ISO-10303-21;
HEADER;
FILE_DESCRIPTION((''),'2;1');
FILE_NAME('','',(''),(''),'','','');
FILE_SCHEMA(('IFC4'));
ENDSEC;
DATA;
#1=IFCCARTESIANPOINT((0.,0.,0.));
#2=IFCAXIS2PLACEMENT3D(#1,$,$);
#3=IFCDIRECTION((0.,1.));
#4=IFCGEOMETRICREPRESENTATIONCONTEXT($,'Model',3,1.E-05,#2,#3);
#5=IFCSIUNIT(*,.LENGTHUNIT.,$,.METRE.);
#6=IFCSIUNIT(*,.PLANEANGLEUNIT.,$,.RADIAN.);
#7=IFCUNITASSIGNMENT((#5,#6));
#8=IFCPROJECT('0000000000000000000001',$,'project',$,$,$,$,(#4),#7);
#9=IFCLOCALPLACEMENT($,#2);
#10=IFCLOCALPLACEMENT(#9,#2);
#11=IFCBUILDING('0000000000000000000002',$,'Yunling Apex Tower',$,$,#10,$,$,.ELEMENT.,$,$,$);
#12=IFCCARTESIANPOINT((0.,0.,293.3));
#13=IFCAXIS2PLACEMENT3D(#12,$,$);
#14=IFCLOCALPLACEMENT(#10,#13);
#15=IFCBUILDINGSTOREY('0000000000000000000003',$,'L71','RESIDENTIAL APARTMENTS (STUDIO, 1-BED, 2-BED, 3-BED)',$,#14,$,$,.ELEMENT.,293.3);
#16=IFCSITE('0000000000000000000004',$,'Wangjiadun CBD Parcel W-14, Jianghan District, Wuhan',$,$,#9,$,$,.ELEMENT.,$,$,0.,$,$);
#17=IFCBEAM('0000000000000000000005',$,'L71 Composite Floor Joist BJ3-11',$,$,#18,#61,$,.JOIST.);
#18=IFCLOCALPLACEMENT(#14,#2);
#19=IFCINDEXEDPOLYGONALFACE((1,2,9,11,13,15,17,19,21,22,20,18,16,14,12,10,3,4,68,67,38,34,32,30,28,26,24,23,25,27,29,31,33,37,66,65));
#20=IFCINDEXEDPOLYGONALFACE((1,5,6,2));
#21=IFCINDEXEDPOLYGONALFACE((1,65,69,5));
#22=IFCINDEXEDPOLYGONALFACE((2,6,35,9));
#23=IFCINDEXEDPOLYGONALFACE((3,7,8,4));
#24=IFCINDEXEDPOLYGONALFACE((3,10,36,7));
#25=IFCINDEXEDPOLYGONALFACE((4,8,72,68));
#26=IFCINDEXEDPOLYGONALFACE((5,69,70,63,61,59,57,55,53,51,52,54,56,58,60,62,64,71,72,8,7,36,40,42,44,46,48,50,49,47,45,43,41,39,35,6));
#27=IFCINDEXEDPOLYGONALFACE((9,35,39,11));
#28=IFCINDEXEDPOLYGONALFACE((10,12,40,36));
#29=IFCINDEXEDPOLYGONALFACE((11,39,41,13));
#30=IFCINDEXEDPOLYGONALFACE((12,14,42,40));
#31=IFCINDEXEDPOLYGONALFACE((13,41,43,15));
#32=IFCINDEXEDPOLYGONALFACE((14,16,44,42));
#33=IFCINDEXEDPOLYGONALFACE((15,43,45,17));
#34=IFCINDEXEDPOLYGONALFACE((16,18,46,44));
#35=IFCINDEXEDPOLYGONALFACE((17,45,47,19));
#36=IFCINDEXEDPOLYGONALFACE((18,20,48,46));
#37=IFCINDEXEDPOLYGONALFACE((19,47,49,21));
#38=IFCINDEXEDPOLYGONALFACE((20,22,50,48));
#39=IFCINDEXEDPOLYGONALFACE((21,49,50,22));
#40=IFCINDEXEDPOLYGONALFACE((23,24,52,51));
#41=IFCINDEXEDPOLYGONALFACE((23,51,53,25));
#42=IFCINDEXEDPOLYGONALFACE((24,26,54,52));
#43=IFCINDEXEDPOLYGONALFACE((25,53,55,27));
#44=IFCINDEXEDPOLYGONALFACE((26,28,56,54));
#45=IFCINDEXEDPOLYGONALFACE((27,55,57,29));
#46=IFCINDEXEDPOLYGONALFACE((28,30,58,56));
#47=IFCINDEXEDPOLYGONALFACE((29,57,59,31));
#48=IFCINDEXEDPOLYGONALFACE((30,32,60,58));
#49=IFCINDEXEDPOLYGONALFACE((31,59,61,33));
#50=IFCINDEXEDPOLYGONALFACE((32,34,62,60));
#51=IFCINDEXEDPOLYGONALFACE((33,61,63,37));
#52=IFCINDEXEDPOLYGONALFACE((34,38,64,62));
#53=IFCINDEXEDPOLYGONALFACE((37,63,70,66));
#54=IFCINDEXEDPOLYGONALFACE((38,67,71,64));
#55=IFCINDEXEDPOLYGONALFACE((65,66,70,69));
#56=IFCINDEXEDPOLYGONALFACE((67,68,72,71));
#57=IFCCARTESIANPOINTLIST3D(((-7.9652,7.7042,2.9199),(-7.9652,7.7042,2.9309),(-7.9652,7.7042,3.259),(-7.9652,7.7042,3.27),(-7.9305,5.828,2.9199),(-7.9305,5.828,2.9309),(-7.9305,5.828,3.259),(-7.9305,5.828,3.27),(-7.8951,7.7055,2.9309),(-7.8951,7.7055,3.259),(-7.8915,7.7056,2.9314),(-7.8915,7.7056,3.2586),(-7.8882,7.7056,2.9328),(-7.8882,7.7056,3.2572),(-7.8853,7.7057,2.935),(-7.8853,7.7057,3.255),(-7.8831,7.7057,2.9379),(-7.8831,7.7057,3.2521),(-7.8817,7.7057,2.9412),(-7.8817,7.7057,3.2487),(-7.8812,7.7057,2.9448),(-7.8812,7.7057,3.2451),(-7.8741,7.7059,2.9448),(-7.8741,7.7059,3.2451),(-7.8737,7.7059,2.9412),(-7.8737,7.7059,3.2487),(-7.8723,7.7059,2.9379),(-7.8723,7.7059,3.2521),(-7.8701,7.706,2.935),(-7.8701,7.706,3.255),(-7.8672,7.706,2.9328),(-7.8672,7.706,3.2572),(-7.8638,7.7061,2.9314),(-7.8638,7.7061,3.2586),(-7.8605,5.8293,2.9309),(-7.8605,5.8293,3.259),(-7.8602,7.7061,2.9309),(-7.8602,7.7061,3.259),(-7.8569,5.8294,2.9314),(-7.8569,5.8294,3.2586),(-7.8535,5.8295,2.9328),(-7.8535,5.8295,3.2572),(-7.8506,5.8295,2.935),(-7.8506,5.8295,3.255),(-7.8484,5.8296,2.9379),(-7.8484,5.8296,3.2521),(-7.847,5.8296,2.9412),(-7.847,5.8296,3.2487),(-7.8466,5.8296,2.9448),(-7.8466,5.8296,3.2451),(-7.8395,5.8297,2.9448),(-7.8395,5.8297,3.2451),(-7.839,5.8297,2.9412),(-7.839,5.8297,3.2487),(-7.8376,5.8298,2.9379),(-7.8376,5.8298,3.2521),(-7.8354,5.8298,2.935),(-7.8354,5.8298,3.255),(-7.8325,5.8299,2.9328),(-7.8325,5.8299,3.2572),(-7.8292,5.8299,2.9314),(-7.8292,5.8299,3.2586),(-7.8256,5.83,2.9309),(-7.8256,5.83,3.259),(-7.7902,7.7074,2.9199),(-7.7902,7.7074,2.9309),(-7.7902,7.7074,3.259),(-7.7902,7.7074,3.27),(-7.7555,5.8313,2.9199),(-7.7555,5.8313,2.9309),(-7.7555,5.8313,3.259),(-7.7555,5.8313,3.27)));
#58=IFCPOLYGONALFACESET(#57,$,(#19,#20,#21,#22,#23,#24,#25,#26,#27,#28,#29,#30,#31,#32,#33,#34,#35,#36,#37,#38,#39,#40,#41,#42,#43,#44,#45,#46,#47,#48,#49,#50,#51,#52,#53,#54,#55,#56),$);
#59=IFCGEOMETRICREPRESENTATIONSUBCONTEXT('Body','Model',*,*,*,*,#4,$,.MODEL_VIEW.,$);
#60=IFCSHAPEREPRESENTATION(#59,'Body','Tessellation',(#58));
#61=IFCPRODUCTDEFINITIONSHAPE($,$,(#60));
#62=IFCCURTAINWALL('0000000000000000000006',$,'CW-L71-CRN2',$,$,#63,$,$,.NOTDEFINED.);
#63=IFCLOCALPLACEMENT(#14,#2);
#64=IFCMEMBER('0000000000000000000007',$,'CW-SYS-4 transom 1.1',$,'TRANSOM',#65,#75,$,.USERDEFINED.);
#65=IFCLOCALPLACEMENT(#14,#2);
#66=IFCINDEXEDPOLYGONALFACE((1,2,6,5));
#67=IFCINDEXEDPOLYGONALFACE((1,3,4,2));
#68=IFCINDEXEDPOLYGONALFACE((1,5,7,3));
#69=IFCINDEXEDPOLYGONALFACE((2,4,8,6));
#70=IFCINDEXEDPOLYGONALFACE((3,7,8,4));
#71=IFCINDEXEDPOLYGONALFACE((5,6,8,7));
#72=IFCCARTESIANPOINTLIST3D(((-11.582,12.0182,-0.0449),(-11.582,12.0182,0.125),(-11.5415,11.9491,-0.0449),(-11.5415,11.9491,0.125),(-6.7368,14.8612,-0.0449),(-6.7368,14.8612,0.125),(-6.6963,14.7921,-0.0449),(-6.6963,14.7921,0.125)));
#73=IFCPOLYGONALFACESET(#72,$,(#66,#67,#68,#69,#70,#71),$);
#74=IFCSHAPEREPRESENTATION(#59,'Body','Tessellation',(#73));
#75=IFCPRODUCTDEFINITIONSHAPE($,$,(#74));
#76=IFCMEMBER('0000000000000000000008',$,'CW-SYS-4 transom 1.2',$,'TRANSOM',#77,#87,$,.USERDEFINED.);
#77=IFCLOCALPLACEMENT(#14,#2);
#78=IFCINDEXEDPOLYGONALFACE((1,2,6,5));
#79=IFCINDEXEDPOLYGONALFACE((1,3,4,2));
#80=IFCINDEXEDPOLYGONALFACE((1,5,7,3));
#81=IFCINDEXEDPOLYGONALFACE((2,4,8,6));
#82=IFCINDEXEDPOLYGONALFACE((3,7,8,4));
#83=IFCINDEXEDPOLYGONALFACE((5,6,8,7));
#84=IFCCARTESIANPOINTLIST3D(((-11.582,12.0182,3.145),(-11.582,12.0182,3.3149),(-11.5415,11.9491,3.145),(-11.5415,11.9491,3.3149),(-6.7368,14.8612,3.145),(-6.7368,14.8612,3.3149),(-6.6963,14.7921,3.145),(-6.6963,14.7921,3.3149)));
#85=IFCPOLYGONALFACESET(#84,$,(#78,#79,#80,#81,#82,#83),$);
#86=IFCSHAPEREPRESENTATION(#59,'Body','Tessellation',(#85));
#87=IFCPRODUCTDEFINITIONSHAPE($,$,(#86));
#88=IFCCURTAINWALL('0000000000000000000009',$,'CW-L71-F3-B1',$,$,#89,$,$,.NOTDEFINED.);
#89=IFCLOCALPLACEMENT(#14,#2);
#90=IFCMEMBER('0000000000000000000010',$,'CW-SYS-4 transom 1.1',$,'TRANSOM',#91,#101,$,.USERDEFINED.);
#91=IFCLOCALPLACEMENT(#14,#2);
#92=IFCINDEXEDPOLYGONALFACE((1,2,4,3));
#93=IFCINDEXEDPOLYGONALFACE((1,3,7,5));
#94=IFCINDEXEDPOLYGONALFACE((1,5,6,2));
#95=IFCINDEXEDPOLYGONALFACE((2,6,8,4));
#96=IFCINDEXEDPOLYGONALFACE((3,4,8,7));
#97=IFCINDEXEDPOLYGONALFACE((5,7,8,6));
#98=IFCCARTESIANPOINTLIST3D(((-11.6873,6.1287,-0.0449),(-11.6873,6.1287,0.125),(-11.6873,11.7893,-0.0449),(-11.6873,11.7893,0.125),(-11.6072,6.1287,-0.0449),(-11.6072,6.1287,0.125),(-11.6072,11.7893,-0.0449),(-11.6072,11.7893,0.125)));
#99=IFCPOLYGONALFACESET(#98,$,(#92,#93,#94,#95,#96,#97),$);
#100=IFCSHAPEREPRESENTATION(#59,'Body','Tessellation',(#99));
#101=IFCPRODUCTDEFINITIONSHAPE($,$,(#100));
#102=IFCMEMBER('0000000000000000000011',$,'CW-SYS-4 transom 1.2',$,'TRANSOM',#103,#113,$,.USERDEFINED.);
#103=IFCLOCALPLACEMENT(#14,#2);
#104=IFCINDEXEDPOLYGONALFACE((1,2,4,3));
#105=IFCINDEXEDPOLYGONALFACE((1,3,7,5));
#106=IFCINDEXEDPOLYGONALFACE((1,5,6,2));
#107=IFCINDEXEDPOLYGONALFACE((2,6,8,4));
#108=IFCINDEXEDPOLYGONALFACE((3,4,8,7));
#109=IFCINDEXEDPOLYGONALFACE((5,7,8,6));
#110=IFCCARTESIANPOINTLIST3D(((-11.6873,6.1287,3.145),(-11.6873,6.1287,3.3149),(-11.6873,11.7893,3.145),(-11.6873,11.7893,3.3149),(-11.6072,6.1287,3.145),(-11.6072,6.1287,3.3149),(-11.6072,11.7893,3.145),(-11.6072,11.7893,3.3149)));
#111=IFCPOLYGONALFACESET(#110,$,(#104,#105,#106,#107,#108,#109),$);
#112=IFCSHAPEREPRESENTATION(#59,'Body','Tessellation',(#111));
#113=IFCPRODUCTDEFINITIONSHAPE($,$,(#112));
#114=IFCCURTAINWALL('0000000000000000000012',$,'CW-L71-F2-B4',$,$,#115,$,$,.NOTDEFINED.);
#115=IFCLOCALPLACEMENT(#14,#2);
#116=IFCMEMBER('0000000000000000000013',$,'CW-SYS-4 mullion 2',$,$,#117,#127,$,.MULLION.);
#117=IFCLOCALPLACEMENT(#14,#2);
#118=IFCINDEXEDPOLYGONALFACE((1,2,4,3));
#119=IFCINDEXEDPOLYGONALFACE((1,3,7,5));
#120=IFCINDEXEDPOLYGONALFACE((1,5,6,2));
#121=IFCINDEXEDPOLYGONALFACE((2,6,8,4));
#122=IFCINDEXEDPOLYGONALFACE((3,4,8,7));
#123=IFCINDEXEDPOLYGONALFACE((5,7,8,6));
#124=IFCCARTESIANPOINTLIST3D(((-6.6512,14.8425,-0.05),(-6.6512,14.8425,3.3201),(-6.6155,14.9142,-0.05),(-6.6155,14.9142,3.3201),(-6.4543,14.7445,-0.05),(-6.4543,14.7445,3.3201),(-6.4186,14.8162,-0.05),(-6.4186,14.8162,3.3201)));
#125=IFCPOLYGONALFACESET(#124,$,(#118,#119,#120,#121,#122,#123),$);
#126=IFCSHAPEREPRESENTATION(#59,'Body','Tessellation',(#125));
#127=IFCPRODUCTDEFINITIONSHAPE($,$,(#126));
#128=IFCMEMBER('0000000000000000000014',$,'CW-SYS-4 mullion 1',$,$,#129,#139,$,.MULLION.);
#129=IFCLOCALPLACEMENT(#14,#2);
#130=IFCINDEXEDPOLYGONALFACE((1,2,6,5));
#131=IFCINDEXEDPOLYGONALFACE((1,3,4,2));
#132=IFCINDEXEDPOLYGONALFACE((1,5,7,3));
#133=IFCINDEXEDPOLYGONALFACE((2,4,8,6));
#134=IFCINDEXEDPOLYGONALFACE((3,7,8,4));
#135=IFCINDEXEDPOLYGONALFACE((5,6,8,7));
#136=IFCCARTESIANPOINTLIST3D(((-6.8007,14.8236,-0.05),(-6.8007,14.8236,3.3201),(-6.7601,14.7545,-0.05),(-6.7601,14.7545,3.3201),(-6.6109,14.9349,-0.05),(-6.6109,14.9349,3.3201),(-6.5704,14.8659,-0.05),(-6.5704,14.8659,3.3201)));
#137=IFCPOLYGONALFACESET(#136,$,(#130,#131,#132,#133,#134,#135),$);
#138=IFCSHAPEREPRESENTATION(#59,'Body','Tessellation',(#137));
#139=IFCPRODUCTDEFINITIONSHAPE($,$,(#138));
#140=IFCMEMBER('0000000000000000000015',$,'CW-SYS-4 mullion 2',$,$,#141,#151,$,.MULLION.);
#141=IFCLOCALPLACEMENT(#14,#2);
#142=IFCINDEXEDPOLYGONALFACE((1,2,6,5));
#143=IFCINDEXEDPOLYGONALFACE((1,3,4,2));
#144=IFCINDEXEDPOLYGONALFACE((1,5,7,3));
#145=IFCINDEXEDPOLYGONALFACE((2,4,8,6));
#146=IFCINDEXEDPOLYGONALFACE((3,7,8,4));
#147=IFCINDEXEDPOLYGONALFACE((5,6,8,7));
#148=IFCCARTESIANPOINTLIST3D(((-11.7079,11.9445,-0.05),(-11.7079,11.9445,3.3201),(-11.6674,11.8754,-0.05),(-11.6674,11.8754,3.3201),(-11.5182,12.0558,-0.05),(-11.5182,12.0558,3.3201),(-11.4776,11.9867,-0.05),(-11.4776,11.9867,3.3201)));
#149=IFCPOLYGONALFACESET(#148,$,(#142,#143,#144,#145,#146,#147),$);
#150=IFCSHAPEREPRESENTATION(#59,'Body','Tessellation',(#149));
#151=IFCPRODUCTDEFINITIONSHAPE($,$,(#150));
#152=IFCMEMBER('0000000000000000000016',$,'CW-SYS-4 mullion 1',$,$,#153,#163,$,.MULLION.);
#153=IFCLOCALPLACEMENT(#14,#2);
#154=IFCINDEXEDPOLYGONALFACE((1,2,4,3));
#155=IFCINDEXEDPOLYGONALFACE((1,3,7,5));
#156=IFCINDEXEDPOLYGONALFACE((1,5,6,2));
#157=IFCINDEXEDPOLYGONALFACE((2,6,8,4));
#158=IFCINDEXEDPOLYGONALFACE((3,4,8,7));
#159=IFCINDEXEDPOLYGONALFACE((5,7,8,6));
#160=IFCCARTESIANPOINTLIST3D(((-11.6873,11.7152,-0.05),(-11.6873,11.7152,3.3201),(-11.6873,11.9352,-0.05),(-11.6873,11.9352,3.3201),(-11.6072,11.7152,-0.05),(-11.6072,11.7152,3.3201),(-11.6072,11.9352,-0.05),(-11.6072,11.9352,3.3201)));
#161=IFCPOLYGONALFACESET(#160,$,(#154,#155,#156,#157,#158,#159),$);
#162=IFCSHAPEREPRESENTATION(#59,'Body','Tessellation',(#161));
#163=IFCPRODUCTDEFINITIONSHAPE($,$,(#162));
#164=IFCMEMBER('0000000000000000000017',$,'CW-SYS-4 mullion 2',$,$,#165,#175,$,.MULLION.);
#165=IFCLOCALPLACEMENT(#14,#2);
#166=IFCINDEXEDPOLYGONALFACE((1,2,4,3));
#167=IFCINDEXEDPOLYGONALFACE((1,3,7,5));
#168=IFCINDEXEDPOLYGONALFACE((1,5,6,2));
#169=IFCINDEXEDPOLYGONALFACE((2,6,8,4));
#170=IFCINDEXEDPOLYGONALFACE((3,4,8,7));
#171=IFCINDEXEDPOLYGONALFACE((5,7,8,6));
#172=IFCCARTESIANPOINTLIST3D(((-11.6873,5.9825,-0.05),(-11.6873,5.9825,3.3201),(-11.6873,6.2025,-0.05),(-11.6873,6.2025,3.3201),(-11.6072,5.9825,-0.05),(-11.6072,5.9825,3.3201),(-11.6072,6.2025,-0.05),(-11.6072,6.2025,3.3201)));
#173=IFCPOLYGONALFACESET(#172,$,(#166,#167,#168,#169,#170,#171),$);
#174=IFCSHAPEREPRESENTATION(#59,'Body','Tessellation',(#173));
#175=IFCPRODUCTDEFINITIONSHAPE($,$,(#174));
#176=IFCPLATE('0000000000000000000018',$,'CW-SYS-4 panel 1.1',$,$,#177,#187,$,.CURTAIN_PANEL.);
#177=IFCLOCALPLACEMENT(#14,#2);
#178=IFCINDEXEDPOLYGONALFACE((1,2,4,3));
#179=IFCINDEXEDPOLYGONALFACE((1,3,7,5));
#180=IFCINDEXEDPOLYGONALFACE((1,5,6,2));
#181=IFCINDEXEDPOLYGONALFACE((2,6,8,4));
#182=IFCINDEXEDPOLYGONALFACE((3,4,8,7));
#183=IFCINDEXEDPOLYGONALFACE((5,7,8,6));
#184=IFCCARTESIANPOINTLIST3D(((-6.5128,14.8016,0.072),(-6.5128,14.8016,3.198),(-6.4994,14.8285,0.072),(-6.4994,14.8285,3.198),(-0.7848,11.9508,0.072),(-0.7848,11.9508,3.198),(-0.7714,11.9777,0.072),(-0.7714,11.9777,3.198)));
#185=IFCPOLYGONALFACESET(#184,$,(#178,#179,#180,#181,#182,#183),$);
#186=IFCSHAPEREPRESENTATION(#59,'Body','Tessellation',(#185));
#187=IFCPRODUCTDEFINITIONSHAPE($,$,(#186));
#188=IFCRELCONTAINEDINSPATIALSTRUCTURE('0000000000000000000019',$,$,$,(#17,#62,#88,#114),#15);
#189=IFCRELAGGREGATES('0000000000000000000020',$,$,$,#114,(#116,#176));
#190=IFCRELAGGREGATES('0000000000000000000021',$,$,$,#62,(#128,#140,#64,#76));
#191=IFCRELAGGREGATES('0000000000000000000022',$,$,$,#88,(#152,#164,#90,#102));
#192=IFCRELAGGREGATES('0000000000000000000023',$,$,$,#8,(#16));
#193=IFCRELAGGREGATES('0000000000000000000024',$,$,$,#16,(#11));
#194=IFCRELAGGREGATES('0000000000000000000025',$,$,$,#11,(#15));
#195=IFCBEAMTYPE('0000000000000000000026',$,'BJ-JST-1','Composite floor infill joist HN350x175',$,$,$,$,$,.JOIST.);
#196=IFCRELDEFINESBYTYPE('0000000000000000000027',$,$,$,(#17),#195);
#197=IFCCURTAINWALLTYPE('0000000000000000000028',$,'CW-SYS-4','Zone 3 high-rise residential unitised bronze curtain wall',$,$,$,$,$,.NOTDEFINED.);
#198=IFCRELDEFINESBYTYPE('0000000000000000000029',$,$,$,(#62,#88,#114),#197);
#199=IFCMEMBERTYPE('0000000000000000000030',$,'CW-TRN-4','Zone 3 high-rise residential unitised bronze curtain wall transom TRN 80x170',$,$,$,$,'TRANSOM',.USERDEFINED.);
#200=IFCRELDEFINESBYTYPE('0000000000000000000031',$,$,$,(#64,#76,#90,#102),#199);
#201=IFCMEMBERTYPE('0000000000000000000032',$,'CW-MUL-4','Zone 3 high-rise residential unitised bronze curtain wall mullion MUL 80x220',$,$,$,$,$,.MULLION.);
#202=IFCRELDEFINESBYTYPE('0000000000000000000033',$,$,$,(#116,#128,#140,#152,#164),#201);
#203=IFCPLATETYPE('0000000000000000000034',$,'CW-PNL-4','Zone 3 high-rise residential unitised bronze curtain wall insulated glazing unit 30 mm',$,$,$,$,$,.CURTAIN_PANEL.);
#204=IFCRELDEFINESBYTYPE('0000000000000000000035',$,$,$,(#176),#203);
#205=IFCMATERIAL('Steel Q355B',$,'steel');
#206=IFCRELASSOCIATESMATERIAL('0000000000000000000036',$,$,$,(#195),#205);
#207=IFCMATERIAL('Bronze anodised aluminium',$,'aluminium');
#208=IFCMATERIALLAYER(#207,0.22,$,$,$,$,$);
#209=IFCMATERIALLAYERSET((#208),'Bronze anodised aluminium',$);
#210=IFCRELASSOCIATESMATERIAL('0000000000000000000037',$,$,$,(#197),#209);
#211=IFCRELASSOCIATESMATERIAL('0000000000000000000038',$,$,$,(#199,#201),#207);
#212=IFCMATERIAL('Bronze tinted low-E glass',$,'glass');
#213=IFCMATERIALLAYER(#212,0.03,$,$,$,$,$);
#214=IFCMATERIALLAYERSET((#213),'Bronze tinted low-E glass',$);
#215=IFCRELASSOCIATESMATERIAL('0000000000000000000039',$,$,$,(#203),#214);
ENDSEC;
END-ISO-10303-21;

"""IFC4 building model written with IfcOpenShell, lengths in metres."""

from ifc_helpers import new_model, si_unit, direction, frame, origin, origin_2d, place, context, subcontext, project, spatial, rectangle, i_section, extrude, source, transform, mapped, material, layer, layer_set, material_profile, profile_set, type_object, element, aggregate, save


model = new_model("IFC4")

# Units and contexts
model_context = context("Model", 3, precision=1e-05, world=origin(), true_north=direction((0.0, 1.0)))
body_context = subcontext(model_context, "Body", "Model", "MODEL_VIEW")
ifc_project = project(units=[si_unit("LENGTHUNIT", "METRE"), si_unit("PLANEANGLEUNIT", "RADIAN")], contexts=[model_context])

# Site, building, storey
site_placement = place(None, origin())
site = spatial("IfcSite", under=ifc_project, at=site_placement, Name="Wangjiadun CBD Parcel W-14, Jianghan District, Wuhan", CompositionType="ELEMENT", RefElevation=0.0)
building_placement = place(site_placement, origin())
building = spatial("IfcBuilding", under=site, at=building_placement, Name="Yunling Apex Tower", CompositionType="ELEMENT")
storey_placement = place(building_placement, frame((0.0, 0.0, 293.3)))
storey = spatial("IfcBuildingStorey", under=building, at=storey_placement, Name="L71", Description="RESIDENTIAL APARTMENTS (STUDIO, 1-BED, 2-BED, 3-BED)", CompositionType="ELEMENT", Elevation=293.3)

# Shared definitions
ifc_material_1 = material(Name="Steel Q355B", Category="steel")

# Beam
ifc_material_profile_1 = material_profile(ifc_material_1, i_section(OverallWidth=0.175, OverallDepth=0.3501, WebThickness=0.0071, FlangeThickness=0.011, FilletRadius=0.0139, at=origin_2d()))
ifc_profile_set_1 = profile_set([ifc_material_profile_1], Name="Steel Q355B")
beam_type_1 = type_object("IfcBeamType", Name="BJ-JST-1", Description="Composite floor infill joist HN350x175", PredefinedType="JOIST", material=ifc_profile_set_1)
shared_shape_1 = source(origin(), body_context, "Body", "SweptSolid", [
    extrude(i_section(OverallWidth=0.175, OverallDepth=0.3501, WebThickness=0.0071, FlangeThickness=0.011, FilletRadius=0.0139, at=origin_2d()), origin(), (0.0, 0.0, 1.0), 1.8765),
])
beam_1_placement = place(storey_placement, frame((-7.8777, 7.7058, 3.095), z_axis=(0.018474, -0.999829, 0.0), x_axis=(0.999829, 0.018474, 0.0)))
element("IfcBeam", 1, at=beam_1_placement, inside=storey, type_object=beam_type_1, Name="L71 Composite Floor Joist BJ3-11", PredefinedType="JOIST", context=body_context, shape_type="MappedRepresentation", body=[
    mapped(shared_shape_1, transform((0.0, 0.0, 0.0), scale=1.0)),
])

# Curtain walls, members
ifc_material_2 = material(Name="Bronze anodised aluminium", Category="aluminium")
ifc_layer_1 = layer(ifc_material_2, 0.22)
ifc_layer_set_1 = layer_set([ifc_layer_1], Name="Bronze anodised aluminium")
curtain_wall_type = type_object("IfcCurtainWallType", Name="CW-SYS-4", Description="Zone 3 high-rise residential unitised bronze curtain wall", PredefinedType="NOTDEFINED", material=ifc_layer_set_1)
curtain_wall_1_placement = place(storey_placement, origin())
curtain_wall_1 = element("IfcCurtainWall", 2, at=curtain_wall_1_placement, inside=storey, type_object=curtain_wall_type, Name="CW-L71-CRN2", PredefinedType="NOTDEFINED")
ifc_material_profile_2 = material_profile(ifc_material_2, rectangle(XDim=0.0801, YDim=0.1699, at=origin_2d()))
ifc_profile_set_2 = profile_set([ifc_material_profile_2], Name="Bronze anodised aluminium")
member_type_1 = type_object("IfcMemberType", Name="CW-TRN-4", Description="Zone 3 high-rise residential unitised bronze curtain wall transom TRN 80x170", ElementType="TRANSOM", PredefinedType="USERDEFINED", material=ifc_profile_set_2)
shared_shape_2 = source(origin(), body_context, "Body", "SweptSolid", [
    extrude(rectangle(XDim=0.0801, YDim=0.1699, at=origin_2d()), origin(), (0.0, 0.0, 1.0), 5.6177),
])
member_1_placement = place(storey_placement, frame((-6.7166, 14.8267, 0.04), z_axis=(-0.862487, -0.50608, 0.0), x_axis=(0.50608, -0.862487, 0.0)))
member_1 = element("IfcMember", 3, at=member_1_placement, type_object=member_type_1, Name="CW-SYS-4 transom 1.1", ObjectType="TRANSOM", PredefinedType="USERDEFINED", context=body_context, shape_type="MappedRepresentation", body=[
    mapped(shared_shape_2, transform((0.0, 0.0, 0.0), scale=1.0)),
])
member_2_placement = place(storey_placement, frame((-6.7166, 14.8267, 3.23), z_axis=(-0.862487, -0.50608, 0.0), x_axis=(0.50608, -0.862487, 0.0)))
member_2 = element("IfcMember", 4, at=member_2_placement, type_object=member_type_1, Name="CW-SYS-4 transom 1.2", ObjectType="TRANSOM", PredefinedType="USERDEFINED", context=body_context, shape_type="MappedRepresentation", body=[
    mapped(shared_shape_2, transform((0.0, 0.0, 0.0), scale=1.0)),
])
curtain_wall_2_placement = place(storey_placement, origin())
curtain_wall_2 = element("IfcCurtainWall", 5, at=curtain_wall_2_placement, inside=storey, type_object=curtain_wall_type, Name="CW-L71-F3-B1", PredefinedType="NOTDEFINED")
shared_shape_3 = source(origin(), body_context, "Body", "SweptSolid", [
    extrude(rectangle(XDim=0.0801, YDim=0.1699, at=origin_2d()), origin(), (0.0, 0.0, 1.0), 5.6606),
])
member_3_placement = place(storey_placement, frame((-11.6472, 11.7893, 0.04), z_axis=(0.0, -1.0, 0.0), x_axis=(1.0, 0.0, 0.0)))
member_3 = element("IfcMember", 6, at=member_3_placement, type_object=member_type_1, Name="CW-SYS-4 transom 1.1", ObjectType="TRANSOM", PredefinedType="USERDEFINED", context=body_context, shape_type="MappedRepresentation", body=[
    mapped(shared_shape_3, transform((0.0, 0.0, 0.0), scale=1.0)),
])
member_4_placement = place(storey_placement, frame((-11.6472, 11.7893, 3.23), z_axis=(0.0, -1.0, 0.0), x_axis=(1.0, 0.0, 0.0)))
member_4 = element("IfcMember", 7, at=member_4_placement, type_object=member_type_1, Name="CW-SYS-4 transom 1.2", ObjectType="TRANSOM", PredefinedType="USERDEFINED", context=body_context, shape_type="MappedRepresentation", body=[
    mapped(shared_shape_3, transform((0.0, 0.0, 0.0), scale=1.0)),
])

# Curtain wall, member
curtain_wall_3_placement = place(storey_placement, origin())
curtain_wall_3 = element("IfcCurtainWall", 8, at=curtain_wall_3_placement, inside=storey, type_object=curtain_wall_type, Name="CW-L71-F2-B4", PredefinedType="NOTDEFINED")
ifc_material_profile_3 = material_profile(ifc_material_2, rectangle(XDim=0.0801, YDim=0.22, at=origin_2d()))
ifc_profile_set_3 = profile_set([ifc_material_profile_3], Name="Bronze anodised aluminium")
member_type_2 = type_object("IfcMemberType", Name="CW-MUL-4", Description="Zone 3 high-rise residential unitised bronze curtain wall mullion MUL 80x220", PredefinedType="MULLION", material=ifc_profile_set_3)
shared_shape_4 = source(origin(), body_context, "Body", "SweptSolid", [
    extrude(rectangle(XDim=0.0801, YDim=0.22, at=origin_2d()), origin(), (0.0, 0.0, 1.0), 3.3701),
])
member_5_placement = place(storey_placement, frame((-6.5349, 14.8293, -0.05), z_axis=(0.0, 0.0, 1.0), x_axis=(-0.445568, -0.895248, 0.0)))
member_5 = element("IfcMember", 9, at=member_5_placement, type_object=member_type_2, Name="CW-SYS-4 mullion 2", PredefinedType="MULLION", context=body_context, shape_type="MappedRepresentation", body=[
    mapped(shared_shape_4, transform((0.0, 0.0, 0.0), scale=1.0)),
])

# Members
member_6_placement = place(storey_placement, frame((-6.6855, 14.8447, -0.05), z_axis=(0.0, 0.0, 1.0), x_axis=(0.506057, -0.8625, 0.0)))
member_6 = element("IfcMember", 10, at=member_6_placement, type_object=member_type_2, Name="CW-SYS-4 mullion 1", PredefinedType="MULLION", context=body_context, shape_type="MappedRepresentation", body=[
    mapped(shared_shape_4, transform((0.0, 0.0, 0.0), scale=1.0)),
])
member_7_placement = place(storey_placement, frame((-11.5928, 11.9656, -0.05), z_axis=(0.0, 0.0, 1.0), x_axis=(0.506057, -0.8625, 0.0)))
member_7 = element("IfcMember", 11, at=member_7_placement, type_object=member_type_2, Name="CW-SYS-4 mullion 2", PredefinedType="MULLION", context=body_context, shape_type="MappedRepresentation", body=[
    mapped(shared_shape_4, transform((0.0, 0.0, 0.0), scale=1.0)),
])
member_8_placement = place(storey_placement, frame((-11.6472, 11.8252, -0.05), z_axis=(0.0, 0.0, 1.0), x_axis=(1.0, 0.0, 0.0)))
member_8 = element("IfcMember", 12, at=member_8_placement, type_object=member_type_2, Name="CW-SYS-4 mullion 1", PredefinedType="MULLION", context=body_context, shape_type="MappedRepresentation", body=[
    mapped(shared_shape_4, transform((0.0, 0.0, 0.0), scale=1.0)),
])
member_9_placement = place(storey_placement, frame((-11.6472, 6.0925, -0.05), z_axis=(0.0, 0.0, 1.0), x_axis=(1.0, 0.0, 0.0)))
member_9 = element("IfcMember", 13, at=member_9_placement, type_object=member_type_2, Name="CW-SYS-4 mullion 2", PredefinedType="MULLION", context=body_context, shape_type="MappedRepresentation", body=[
    mapped(shared_shape_4, transform((0.0, 0.0, 0.0), scale=1.0)),
])

# Plate
ifc_material_3 = material(Name="Bronze tinted low-E glass", Category="glass")
ifc_layer_2 = layer(ifc_material_3, 0.03)
ifc_layer_set_2 = layer_set([ifc_layer_2], Name="Bronze tinted low-E glass")
plate_type = type_object("IfcPlateType", Name="CW-PNL-4", Description="Zone 3 high-rise residential unitised bronze curtain wall insulated glazing unit 30 mm", PredefinedType="CURTAIN_PANEL", material=ifc_layer_set_2)
shared_shape_5 = source(origin(), body_context, "Body", "SweptSolid", [
    extrude(rectangle(XDim=6.3982, YDim=0.03, at=origin_2d()), origin(), (0.0, 0.0, 1.0), 3.126),
])
plate_1_placement = place(storey_placement, frame((-3.6421, 13.3896, 0.072), z_axis=(0.0, 0.0, 1.0), x_axis=(-0.895248, 0.445568, 0.0)))
plate_1 = element("IfcPlate", 14, at=plate_1_placement, type_object=plate_type, Name="CW-SYS-4 panel 1.1", PredefinedType="CURTAIN_PANEL", context=body_context, shape_type="MappedRepresentation", body=[
    mapped(shared_shape_5, transform((0.0, 0.0, 0.0), scale=1.0)),
])
aggregate(curtain_wall_3, [member_5, plate_1])
aggregate(curtain_wall_1, [member_6, member_7, member_1, member_2])
aggregate(curtain_wall_2, [member_8, member_9, member_3, member_4])

save(model, "model.ifc")
